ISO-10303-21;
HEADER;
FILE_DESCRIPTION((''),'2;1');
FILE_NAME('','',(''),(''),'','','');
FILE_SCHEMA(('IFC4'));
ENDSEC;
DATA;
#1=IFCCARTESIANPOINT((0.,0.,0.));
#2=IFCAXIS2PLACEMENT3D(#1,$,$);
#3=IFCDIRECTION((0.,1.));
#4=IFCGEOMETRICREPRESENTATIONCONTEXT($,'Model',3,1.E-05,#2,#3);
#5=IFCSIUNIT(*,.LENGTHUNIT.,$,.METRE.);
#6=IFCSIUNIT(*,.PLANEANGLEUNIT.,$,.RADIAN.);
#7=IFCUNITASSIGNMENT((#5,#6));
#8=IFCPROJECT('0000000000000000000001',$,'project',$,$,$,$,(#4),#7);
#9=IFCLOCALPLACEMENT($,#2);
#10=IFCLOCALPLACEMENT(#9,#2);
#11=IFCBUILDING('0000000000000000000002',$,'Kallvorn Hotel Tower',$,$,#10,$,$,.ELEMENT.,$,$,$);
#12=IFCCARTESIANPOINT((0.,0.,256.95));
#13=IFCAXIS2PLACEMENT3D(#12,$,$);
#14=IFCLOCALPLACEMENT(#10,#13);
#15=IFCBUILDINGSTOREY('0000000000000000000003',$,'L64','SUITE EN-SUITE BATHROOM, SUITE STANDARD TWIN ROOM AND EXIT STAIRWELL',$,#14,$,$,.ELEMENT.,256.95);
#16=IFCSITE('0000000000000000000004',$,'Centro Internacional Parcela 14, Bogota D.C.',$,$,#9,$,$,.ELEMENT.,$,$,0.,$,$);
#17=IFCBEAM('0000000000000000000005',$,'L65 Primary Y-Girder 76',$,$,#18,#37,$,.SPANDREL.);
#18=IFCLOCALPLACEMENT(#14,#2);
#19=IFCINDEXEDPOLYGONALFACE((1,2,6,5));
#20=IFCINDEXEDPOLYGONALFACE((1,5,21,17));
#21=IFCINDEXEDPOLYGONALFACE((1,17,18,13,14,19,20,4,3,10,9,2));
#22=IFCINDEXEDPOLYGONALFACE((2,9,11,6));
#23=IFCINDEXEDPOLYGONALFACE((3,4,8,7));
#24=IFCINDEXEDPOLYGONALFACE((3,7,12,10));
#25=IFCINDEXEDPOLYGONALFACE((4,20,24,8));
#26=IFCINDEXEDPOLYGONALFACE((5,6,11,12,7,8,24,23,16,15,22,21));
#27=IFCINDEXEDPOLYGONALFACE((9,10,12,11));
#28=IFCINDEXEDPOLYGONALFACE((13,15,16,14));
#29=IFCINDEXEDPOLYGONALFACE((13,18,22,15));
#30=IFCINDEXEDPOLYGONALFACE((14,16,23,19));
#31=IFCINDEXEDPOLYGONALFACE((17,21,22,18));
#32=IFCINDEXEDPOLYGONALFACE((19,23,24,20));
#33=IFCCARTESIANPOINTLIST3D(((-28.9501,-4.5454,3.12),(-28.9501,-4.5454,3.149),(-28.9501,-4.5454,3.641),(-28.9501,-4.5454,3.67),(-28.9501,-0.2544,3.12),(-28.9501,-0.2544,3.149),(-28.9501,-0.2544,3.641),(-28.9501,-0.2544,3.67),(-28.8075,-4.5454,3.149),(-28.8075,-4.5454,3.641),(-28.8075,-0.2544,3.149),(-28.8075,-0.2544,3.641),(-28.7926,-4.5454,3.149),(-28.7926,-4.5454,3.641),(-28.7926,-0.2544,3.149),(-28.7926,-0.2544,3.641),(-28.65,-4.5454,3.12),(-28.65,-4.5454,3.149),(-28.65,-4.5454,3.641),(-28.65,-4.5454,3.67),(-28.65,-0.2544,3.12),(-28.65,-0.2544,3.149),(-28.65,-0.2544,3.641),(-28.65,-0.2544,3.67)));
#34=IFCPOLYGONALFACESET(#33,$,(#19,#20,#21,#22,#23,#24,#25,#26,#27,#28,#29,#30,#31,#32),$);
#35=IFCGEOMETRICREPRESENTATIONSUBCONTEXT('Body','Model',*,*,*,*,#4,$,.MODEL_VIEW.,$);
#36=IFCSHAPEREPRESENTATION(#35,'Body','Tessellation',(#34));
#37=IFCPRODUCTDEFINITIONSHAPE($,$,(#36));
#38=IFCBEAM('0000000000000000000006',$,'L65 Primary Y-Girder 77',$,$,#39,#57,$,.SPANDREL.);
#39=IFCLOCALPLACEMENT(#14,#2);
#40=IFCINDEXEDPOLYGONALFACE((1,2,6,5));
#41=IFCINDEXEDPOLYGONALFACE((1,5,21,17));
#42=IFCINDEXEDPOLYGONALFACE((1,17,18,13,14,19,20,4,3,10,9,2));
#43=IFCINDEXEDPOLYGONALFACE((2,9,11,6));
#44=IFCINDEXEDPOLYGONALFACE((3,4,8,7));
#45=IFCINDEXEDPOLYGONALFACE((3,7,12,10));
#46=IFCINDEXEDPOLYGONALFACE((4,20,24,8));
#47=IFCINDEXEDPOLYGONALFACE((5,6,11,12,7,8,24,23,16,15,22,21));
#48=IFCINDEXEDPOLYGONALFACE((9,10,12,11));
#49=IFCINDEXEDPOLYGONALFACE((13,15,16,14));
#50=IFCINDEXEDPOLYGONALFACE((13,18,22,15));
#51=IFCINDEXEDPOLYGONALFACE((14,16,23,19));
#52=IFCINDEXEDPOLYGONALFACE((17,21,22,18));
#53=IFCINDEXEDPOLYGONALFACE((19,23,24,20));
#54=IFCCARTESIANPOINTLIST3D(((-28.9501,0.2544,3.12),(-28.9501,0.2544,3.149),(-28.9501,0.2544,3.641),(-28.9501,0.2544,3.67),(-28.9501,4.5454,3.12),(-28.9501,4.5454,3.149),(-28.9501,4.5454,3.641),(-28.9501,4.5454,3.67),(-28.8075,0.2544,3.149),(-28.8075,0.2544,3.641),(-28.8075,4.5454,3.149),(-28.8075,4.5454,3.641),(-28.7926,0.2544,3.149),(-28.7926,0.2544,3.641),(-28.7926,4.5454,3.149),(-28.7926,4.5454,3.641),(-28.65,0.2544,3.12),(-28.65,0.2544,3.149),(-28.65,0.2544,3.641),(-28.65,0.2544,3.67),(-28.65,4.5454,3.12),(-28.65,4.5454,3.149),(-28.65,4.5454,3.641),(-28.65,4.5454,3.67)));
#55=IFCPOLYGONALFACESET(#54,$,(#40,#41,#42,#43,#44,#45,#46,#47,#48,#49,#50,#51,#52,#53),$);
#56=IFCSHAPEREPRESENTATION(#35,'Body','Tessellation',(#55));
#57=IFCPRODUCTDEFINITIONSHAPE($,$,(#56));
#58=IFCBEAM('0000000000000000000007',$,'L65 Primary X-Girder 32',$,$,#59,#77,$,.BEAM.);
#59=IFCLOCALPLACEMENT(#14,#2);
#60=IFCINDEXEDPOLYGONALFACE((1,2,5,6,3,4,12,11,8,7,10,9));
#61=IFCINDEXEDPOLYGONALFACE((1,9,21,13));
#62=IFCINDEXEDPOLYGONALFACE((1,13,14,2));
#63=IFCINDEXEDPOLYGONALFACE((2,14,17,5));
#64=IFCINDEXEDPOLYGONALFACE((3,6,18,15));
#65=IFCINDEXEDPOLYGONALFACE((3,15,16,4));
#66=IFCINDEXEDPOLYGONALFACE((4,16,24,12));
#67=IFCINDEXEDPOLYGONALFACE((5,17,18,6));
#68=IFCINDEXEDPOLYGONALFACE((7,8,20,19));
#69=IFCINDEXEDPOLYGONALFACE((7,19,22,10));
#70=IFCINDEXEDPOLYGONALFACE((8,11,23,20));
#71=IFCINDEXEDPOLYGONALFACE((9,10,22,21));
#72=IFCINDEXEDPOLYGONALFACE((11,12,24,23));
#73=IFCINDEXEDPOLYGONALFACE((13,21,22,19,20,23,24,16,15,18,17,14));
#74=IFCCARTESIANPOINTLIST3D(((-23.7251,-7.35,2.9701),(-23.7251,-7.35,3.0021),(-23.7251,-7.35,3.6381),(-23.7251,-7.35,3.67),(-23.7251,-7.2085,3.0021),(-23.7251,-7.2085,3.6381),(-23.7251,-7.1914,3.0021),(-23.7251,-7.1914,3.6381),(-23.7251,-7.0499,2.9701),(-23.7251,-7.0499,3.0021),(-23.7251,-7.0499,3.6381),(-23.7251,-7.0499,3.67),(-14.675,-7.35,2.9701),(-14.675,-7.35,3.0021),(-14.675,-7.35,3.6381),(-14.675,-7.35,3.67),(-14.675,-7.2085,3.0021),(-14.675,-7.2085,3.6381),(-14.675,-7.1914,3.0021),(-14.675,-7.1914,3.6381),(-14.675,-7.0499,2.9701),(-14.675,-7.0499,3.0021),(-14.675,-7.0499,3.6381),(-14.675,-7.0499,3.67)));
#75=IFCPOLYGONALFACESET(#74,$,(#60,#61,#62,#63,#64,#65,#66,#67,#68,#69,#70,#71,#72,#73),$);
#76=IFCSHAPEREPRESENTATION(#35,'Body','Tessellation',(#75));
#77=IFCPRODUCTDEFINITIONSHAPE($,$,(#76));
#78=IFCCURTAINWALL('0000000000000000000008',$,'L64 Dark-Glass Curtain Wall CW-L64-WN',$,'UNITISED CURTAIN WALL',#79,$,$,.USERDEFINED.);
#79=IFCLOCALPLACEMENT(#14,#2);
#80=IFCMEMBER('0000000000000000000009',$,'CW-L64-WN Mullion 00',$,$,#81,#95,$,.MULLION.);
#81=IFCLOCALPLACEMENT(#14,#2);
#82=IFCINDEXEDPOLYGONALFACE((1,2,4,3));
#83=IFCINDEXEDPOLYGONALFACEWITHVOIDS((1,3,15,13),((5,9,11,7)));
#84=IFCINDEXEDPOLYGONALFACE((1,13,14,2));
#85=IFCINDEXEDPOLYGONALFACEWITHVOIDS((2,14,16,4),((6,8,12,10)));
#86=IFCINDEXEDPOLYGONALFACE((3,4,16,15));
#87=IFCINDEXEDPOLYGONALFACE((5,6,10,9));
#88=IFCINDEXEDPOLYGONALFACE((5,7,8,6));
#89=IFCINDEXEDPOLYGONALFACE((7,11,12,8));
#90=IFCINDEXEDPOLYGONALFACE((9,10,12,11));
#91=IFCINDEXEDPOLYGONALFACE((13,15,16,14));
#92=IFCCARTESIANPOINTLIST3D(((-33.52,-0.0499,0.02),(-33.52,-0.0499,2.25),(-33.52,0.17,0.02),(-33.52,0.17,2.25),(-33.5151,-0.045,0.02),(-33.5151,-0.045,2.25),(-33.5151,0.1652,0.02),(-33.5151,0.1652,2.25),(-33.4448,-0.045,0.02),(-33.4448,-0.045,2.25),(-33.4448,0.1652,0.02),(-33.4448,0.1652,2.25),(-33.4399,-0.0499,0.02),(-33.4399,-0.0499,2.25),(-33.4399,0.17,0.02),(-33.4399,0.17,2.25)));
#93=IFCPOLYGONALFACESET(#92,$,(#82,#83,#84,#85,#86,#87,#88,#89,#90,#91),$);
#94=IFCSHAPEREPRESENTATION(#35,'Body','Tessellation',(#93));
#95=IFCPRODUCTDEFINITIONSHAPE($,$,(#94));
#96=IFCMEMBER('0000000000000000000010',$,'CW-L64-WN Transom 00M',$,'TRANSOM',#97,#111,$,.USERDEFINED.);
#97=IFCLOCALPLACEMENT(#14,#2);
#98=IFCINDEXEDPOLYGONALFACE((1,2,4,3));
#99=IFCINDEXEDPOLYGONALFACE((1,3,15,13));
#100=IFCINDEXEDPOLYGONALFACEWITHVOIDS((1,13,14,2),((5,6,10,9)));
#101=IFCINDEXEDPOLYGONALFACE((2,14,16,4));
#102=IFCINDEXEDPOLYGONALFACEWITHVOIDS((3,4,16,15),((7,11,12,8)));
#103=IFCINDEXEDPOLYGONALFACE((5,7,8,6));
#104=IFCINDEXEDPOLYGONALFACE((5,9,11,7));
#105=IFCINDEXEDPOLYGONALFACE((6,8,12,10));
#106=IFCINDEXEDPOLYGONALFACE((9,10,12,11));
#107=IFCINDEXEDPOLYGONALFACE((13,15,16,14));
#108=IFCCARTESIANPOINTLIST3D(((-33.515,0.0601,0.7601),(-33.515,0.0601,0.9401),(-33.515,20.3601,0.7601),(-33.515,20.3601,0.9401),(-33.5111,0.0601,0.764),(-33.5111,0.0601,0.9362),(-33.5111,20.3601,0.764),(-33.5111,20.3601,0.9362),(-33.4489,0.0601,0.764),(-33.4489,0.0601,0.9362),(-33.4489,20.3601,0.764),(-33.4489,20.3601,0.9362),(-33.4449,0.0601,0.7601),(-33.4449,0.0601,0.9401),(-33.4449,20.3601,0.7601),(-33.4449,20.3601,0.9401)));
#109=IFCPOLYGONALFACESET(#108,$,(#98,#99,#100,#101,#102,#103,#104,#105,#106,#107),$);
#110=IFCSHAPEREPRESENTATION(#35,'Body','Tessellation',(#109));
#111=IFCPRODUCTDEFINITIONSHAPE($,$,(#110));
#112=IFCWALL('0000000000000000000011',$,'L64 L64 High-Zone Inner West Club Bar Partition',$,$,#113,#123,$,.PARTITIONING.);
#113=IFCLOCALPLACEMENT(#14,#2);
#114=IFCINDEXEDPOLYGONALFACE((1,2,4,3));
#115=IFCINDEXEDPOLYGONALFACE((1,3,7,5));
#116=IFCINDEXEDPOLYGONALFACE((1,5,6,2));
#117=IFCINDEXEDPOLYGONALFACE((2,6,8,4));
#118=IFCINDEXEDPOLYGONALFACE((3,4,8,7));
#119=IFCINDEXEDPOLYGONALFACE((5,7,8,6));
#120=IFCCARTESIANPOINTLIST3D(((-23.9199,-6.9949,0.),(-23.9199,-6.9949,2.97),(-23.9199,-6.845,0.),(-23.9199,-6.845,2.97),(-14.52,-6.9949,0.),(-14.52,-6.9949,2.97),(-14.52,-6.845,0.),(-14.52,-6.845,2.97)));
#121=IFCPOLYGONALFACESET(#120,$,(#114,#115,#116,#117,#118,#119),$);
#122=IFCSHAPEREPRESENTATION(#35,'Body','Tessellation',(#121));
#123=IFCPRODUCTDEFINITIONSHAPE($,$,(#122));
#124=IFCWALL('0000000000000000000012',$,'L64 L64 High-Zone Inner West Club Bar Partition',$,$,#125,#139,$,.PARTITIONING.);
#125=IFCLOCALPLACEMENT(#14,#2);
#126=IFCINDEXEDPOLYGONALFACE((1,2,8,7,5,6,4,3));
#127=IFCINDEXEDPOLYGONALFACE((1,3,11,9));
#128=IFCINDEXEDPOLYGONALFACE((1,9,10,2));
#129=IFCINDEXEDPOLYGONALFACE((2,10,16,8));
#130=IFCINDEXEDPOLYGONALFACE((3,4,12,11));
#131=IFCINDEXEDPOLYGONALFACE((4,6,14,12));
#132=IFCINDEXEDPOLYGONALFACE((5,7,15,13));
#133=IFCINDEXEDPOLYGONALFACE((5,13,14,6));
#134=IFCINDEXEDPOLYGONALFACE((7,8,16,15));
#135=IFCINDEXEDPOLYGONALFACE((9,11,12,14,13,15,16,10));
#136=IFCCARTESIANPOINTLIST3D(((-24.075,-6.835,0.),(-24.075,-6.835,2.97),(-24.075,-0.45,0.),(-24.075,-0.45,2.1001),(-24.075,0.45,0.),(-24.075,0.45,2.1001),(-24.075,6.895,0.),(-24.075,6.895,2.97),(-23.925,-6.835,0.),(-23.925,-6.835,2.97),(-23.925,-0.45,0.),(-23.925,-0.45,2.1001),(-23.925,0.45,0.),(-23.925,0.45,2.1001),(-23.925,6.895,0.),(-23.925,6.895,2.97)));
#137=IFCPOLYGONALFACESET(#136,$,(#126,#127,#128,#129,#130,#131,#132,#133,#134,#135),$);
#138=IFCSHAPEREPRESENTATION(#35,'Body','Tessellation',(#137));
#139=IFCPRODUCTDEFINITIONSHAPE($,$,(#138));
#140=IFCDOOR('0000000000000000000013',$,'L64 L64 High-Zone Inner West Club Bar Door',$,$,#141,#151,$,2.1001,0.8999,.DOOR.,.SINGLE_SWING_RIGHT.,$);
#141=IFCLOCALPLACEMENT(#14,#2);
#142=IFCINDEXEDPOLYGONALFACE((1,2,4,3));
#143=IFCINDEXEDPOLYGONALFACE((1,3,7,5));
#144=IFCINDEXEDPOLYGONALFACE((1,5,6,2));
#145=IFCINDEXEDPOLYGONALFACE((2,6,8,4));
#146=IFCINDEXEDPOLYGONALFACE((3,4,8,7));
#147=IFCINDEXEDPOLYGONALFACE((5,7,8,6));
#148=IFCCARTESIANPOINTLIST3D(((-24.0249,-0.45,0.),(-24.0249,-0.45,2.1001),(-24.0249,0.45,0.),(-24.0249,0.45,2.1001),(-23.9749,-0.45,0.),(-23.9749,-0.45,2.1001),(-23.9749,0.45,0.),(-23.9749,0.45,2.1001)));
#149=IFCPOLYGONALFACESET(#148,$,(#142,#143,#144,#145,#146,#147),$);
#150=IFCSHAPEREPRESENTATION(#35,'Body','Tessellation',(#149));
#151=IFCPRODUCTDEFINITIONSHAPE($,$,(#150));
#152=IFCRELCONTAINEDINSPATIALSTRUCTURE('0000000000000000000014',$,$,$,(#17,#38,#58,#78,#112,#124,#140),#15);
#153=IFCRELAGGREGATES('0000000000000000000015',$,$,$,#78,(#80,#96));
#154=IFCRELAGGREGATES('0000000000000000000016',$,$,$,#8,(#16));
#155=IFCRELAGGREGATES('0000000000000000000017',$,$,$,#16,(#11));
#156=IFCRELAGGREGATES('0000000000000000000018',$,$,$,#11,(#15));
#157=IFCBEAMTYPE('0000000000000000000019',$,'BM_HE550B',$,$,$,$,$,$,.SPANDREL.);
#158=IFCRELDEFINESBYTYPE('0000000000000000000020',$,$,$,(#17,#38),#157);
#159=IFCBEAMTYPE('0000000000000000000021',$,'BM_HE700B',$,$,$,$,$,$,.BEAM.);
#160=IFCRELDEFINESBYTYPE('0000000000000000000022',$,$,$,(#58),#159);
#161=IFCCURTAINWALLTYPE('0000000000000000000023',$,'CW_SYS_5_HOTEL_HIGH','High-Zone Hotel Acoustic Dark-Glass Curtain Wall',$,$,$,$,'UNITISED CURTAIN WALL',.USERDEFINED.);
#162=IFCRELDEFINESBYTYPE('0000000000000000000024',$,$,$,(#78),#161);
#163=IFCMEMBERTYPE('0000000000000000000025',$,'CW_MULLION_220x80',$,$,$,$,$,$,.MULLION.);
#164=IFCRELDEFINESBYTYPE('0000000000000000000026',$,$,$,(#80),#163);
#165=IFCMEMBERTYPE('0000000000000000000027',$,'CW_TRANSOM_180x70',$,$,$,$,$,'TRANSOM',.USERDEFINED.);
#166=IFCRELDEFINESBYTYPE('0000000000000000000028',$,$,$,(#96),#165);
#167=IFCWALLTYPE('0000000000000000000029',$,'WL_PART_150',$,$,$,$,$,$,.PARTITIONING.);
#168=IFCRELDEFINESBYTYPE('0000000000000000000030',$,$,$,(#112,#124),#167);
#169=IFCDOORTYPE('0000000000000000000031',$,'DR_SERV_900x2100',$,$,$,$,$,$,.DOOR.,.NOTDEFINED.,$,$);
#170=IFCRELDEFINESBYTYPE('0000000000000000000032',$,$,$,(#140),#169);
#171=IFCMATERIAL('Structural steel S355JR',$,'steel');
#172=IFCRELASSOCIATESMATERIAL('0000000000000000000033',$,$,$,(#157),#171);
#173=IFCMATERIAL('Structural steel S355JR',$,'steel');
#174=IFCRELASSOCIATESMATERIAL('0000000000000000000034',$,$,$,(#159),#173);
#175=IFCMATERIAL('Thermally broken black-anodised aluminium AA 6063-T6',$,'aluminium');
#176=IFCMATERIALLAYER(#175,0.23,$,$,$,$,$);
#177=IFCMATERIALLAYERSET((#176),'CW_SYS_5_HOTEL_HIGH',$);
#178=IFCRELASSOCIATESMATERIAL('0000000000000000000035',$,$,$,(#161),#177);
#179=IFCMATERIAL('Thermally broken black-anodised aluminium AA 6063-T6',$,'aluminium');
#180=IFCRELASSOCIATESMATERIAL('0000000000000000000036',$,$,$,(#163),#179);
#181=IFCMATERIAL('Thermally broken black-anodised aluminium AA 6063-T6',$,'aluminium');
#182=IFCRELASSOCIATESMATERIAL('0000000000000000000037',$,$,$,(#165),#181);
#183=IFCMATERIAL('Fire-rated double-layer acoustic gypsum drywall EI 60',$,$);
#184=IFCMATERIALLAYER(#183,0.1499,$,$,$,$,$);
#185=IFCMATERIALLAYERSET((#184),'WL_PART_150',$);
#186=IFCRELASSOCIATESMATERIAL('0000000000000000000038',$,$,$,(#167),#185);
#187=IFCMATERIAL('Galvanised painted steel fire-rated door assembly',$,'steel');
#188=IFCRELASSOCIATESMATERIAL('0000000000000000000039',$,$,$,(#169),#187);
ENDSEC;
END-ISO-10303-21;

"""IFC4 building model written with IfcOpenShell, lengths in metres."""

from ifc_helpers import new_model, si_unit, direction, frame, frame_2d, origin, origin_2d, place, context, subcontext, project, spatial, rectangle, hollow_rectangle, i_section, extrude, material, layer, layer_set, material_profile, profile_set, type_object, element, fill, aggregate, save


model = new_model("IFC4")

# Units and contexts
model_context = context("Model", 3, precision=1e-05, world=origin(), true_north=direction((0.0, 1.0)))
body_context = subcontext(model_context, "Body", "Model", "MODEL_VIEW")
ifc_project = project(units=[si_unit("LENGTHUNIT", "METRE"), si_unit("PLANEANGLEUNIT", "RADIAN")], contexts=[model_context])

# Site, building, storey
site_placement = place(None, origin())
site = spatial("IfcSite", under=ifc_project, at=site_placement, Name="Centro Internacional Parcela 14, Bogota D.C.", CompositionType="ELEMENT", RefElevation=0.0)
building_placement = place(site_placement, origin())
building = spatial("IfcBuilding", under=site, at=building_placement, Name="Kallvorn Hotel Tower", CompositionType="ELEMENT")
storey_placement = place(building_placement, frame((0.0, 0.0, 256.95)))
storey = spatial("IfcBuildingStorey", under=building, at=storey_placement, Name="L64", Description="SUITE EN-SUITE BATHROOM, SUITE STANDARD TWIN ROOM AND EXIT STAIRWELL", CompositionType="ELEMENT", Elevation=256.95)

# Beams
ifc_material_1 = material(Name="Structural steel S355JR", Category="steel")
ifc_material_profile_1 = material_profile(ifc_material_1, i_section(OverallWidth=0.3, OverallDepth=0.55, WebThickness=0.0149, FlangeThickness=0.0291, at=origin_2d()), Name="HE 550 B")
ifc_profile_set_1 = profile_set([ifc_material_profile_1], Name="Structural steel S355JR")
beam_type_1 = type_object("IfcBeamType", Name="BM_HE550B", PredefinedType="SPANDREL", material=ifc_profile_set_1)
for number, where, z_axis, x_axis, name in (
    (1, (-28.8, -4.5454, 3.395), (0.0, 1.0, 0.0), (-1.0, 0.0, 0.0), "L65 Primary Y-Girder 76"),
    (2, (-28.8, 0.2544, 3.395), (0.0, 1.0, 0.0), (-1.0, 0.0, 0.0), "L65 Primary Y-Girder 77"),
):
    element("IfcBeam", number, at=place(storey_placement, frame(where, z_axis=z_axis, x_axis=x_axis)), inside=storey, type_object=beam_type_1, Name=name, PredefinedType="SPANDREL", context=body_context, shape_type="SweptSolid", body=[
        extrude(i_section(OverallWidth=0.3, OverallDepth=0.55, WebThickness=0.0149, FlangeThickness=0.0291, at=origin_2d()), origin(), (0.0, 0.0, 1.0), 4.291),
    ])
ifc_material_2 = material(Name="Structural steel S355JR", Category="steel")
ifc_material_profile_2 = material_profile(ifc_material_2, i_section(OverallWidth=0.3, OverallDepth=0.7, WebThickness=0.0171, FlangeThickness=0.032, at=origin_2d()), Name="HE 700 B")
ifc_profile_set_2 = profile_set([ifc_material_profile_2], Name="Structural steel S355JR")
beam_type_2 = type_object("IfcBeamType", Name="BM_HE700B", PredefinedType="BEAM", material=ifc_profile_set_2)
beam_placement = place(storey_placement, frame((-23.7251, -7.2, 3.3201), z_axis=(1.0, 0.0, 0.0), x_axis=(0.0, 1.0, 0.0)))
element("IfcBeam", 3, at=beam_placement, inside=storey, type_object=beam_type_2, Name="L65 Primary X-Girder 32", PredefinedType="BEAM", context=body_context, shape_type="SweptSolid", body=[
    extrude(i_section(OverallWidth=0.3, OverallDepth=0.7, WebThickness=0.0171, FlangeThickness=0.032, at=origin_2d()), origin(), (0.0, 0.0, 1.0), 9.05),
])

# Curtain wall, members
ifc_material_3 = material(Name="Thermally broken black-anodised aluminium AA 6063-T6", Category="aluminium")
ifc_layer_1 = layer(ifc_material_3, 0.23)
ifc_layer_set_1 = layer_set([ifc_layer_1], Name="CW_SYS_5_HOTEL_HIGH")
curtain_wall_type = type_object("IfcCurtainWallType", Name="CW_SYS_5_HOTEL_HIGH", Description="High-Zone Hotel Acoustic Dark-Glass Curtain Wall", ElementType="UNITISED CURTAIN WALL", PredefinedType="USERDEFINED", material=ifc_layer_set_1)
curtain_wall_placement = place(storey_placement, origin())
curtain_wall = element("IfcCurtainWall", 4, at=curtain_wall_placement, inside=storey, type_object=curtain_wall_type, Name="L64 Dark-Glass Curtain Wall CW-L64-WN", ObjectType="UNITISED CURTAIN WALL", PredefinedType="USERDEFINED")
ifc_material_4 = material(Name="Thermally broken black-anodised aluminium AA 6063-T6", Category="aluminium")
ifc_material_profile_3 = material_profile(ifc_material_4, hollow_rectangle(XDim=0.0801, YDim=0.22, WallThickness=0.0049, at=origin_2d()), Name="MUL 220x80")
ifc_profile_set_3 = profile_set([ifc_material_profile_3], Name="Thermally broken black-anodised aluminium AA 6063-T6")
member_type_1 = type_object("IfcMemberType", Name="CW_MULLION_220x80", PredefinedType="MULLION", material=ifc_profile_set_3)
member_1_placement = place(storey_placement, frame((-33.48, 0.0601, 0.02), z_axis=(0.0, 0.0, 1.0), x_axis=(1.0, 0.0, 0.0)))
member_1 = element("IfcMember", 5, at=member_1_placement, type_object=member_type_1, Name="CW-L64-WN Mullion 00", PredefinedType="MULLION", context=body_context, shape_type="SweptSolid", body=[
    extrude(hollow_rectangle(XDim=0.0801, YDim=0.22, WallThickness=0.0049, at=origin_2d()), origin(), (0.0, 0.0, 1.0), 2.23),
])
ifc_material_5 = material(Name="Thermally broken black-anodised aluminium AA 6063-T6", Category="aluminium")
ifc_material_profile_4 = material_profile(ifc_material_5, hollow_rectangle(XDim=0.0701, YDim=0.1799, WallThickness=0.0039, at=origin_2d()), Name="TRN 180x70")
ifc_profile_set_4 = profile_set([ifc_material_profile_4], Name="Thermally broken black-anodised aluminium AA 6063-T6")
member_type_2 = type_object("IfcMemberType", Name="CW_TRANSOM_180x70", ElementType="TRANSOM", PredefinedType="USERDEFINED", material=ifc_profile_set_4)
member_2_placement = place(storey_placement, frame((-33.48, 0.0601, 0.8501), z_axis=(0.0, 1.0, 0.0), x_axis=(-1.0, 0.0, 0.0)))
member_2 = element("IfcMember", 6, at=member_2_placement, type_object=member_type_2, Name="CW-L64-WN Transom 00M", ObjectType="TRANSOM", PredefinedType="USERDEFINED", context=body_context, shape_type="SweptSolid", body=[
    extrude(hollow_rectangle(XDim=0.0701, YDim=0.1799, WallThickness=0.0039, at=origin_2d()), origin(), (0.0, 0.0, 1.0), 20.3),
])
aggregate(curtain_wall, [member_1, member_2])

# Wall
ifc_material_6 = material(Name="Fire-rated double-layer acoustic gypsum drywall EI 60")
ifc_layer_2 = layer(ifc_material_6, 0.1499)
ifc_layer_set_2 = layer_set([ifc_layer_2], Name="WL_PART_150")
wall_type = type_object("IfcWallType", Name="WL_PART_150", PredefinedType="PARTITIONING", material=ifc_layer_set_2)
wall_1_placement = place(storey_placement, frame((-23.9199, -6.9199, 0.0), z_axis=(0.0, 0.0, 1.0), x_axis=(1.0, 0.0, 0.0)))
element("IfcWall", 7, at=wall_1_placement, inside=storey, type_object=wall_type, Name="L64 L64 High-Zone Inner West Club Bar Partition", PredefinedType="PARTITIONING", context=body_context, shape_type="SweptSolid", body=[
    extrude(rectangle(XDim=9.3999, YDim=0.1499, at=frame_2d((4.7, 0.0))), origin(), (0.0, 0.0, 1.0), 2.97),
])

# Wall, opening, door
wall_2_placement = place(storey_placement, frame((-24.0, -6.835, 0.0), z_axis=(0.0, 0.0, 1.0), x_axis=(0.0, 1.0, 0.0)))
wall_2 = element("IfcWall", 8, at=wall_2_placement, inside=storey, type_object=wall_type, Name="L64 L64 High-Zone Inner West Club Bar Partition", PredefinedType="PARTITIONING", context=body_context, shape_type="SweptSolid", body=[
    extrude(rectangle(XDim=13.73, YDim=0.1499, at=frame_2d((6.865, 0.0))), origin(), (0.0, 0.0, 1.0), 2.97),
])
opening_placement = place(wall_2_placement, frame((6.385, 0.0, 0.0)))
opening = element("IfcOpeningElement", 9, at=opening_placement, cuts=wall_2, PredefinedType="OPENING", context=body_context, shape_type="SweptSolid", body=[
    extrude(rectangle(XDim=0.8999, YDim=2.1001, at=frame_2d((0.45, 1.05))), frame((0.0, 0.0898, 0.0), z_axis=(0.0, -1.0, 0.0), x_axis=(1.0, 0.0, 0.0)), (0.0, 0.0, 1.0), 0.1799),
])
ifc_material_7 = material(Name="Galvanised painted steel fire-rated door assembly", Category="steel")
door_type = type_object("IfcDoorType", Name="DR_SERV_900x2100", OperationType="NOTDEFINED", PredefinedType="DOOR", material=ifc_material_7)
door_placement = place(opening_placement, origin())
door = element("IfcDoor", 10, at=door_placement, inside=storey, type_object=door_type, Name="L64 L64 High-Zone Inner West Club Bar Door", OperationType="SINGLE_SWING_RIGHT", OverallHeight=2.1001, OverallWidth=0.8999, PredefinedType="DOOR", context=body_context, shape_type="SweptSolid", body=[
    extrude(rectangle(XDim=0.8999, YDim=2.1001, at=frame_2d((0.45, 1.05))), frame((0.0, 0.0249, 0.0), z_axis=(0.0, -1.0, 0.0), x_axis=(1.0, 0.0, 0.0)), (0.0, 0.0, 1.0), 0.05),
])
fill(opening, door)

save(model, "model.ifc")
